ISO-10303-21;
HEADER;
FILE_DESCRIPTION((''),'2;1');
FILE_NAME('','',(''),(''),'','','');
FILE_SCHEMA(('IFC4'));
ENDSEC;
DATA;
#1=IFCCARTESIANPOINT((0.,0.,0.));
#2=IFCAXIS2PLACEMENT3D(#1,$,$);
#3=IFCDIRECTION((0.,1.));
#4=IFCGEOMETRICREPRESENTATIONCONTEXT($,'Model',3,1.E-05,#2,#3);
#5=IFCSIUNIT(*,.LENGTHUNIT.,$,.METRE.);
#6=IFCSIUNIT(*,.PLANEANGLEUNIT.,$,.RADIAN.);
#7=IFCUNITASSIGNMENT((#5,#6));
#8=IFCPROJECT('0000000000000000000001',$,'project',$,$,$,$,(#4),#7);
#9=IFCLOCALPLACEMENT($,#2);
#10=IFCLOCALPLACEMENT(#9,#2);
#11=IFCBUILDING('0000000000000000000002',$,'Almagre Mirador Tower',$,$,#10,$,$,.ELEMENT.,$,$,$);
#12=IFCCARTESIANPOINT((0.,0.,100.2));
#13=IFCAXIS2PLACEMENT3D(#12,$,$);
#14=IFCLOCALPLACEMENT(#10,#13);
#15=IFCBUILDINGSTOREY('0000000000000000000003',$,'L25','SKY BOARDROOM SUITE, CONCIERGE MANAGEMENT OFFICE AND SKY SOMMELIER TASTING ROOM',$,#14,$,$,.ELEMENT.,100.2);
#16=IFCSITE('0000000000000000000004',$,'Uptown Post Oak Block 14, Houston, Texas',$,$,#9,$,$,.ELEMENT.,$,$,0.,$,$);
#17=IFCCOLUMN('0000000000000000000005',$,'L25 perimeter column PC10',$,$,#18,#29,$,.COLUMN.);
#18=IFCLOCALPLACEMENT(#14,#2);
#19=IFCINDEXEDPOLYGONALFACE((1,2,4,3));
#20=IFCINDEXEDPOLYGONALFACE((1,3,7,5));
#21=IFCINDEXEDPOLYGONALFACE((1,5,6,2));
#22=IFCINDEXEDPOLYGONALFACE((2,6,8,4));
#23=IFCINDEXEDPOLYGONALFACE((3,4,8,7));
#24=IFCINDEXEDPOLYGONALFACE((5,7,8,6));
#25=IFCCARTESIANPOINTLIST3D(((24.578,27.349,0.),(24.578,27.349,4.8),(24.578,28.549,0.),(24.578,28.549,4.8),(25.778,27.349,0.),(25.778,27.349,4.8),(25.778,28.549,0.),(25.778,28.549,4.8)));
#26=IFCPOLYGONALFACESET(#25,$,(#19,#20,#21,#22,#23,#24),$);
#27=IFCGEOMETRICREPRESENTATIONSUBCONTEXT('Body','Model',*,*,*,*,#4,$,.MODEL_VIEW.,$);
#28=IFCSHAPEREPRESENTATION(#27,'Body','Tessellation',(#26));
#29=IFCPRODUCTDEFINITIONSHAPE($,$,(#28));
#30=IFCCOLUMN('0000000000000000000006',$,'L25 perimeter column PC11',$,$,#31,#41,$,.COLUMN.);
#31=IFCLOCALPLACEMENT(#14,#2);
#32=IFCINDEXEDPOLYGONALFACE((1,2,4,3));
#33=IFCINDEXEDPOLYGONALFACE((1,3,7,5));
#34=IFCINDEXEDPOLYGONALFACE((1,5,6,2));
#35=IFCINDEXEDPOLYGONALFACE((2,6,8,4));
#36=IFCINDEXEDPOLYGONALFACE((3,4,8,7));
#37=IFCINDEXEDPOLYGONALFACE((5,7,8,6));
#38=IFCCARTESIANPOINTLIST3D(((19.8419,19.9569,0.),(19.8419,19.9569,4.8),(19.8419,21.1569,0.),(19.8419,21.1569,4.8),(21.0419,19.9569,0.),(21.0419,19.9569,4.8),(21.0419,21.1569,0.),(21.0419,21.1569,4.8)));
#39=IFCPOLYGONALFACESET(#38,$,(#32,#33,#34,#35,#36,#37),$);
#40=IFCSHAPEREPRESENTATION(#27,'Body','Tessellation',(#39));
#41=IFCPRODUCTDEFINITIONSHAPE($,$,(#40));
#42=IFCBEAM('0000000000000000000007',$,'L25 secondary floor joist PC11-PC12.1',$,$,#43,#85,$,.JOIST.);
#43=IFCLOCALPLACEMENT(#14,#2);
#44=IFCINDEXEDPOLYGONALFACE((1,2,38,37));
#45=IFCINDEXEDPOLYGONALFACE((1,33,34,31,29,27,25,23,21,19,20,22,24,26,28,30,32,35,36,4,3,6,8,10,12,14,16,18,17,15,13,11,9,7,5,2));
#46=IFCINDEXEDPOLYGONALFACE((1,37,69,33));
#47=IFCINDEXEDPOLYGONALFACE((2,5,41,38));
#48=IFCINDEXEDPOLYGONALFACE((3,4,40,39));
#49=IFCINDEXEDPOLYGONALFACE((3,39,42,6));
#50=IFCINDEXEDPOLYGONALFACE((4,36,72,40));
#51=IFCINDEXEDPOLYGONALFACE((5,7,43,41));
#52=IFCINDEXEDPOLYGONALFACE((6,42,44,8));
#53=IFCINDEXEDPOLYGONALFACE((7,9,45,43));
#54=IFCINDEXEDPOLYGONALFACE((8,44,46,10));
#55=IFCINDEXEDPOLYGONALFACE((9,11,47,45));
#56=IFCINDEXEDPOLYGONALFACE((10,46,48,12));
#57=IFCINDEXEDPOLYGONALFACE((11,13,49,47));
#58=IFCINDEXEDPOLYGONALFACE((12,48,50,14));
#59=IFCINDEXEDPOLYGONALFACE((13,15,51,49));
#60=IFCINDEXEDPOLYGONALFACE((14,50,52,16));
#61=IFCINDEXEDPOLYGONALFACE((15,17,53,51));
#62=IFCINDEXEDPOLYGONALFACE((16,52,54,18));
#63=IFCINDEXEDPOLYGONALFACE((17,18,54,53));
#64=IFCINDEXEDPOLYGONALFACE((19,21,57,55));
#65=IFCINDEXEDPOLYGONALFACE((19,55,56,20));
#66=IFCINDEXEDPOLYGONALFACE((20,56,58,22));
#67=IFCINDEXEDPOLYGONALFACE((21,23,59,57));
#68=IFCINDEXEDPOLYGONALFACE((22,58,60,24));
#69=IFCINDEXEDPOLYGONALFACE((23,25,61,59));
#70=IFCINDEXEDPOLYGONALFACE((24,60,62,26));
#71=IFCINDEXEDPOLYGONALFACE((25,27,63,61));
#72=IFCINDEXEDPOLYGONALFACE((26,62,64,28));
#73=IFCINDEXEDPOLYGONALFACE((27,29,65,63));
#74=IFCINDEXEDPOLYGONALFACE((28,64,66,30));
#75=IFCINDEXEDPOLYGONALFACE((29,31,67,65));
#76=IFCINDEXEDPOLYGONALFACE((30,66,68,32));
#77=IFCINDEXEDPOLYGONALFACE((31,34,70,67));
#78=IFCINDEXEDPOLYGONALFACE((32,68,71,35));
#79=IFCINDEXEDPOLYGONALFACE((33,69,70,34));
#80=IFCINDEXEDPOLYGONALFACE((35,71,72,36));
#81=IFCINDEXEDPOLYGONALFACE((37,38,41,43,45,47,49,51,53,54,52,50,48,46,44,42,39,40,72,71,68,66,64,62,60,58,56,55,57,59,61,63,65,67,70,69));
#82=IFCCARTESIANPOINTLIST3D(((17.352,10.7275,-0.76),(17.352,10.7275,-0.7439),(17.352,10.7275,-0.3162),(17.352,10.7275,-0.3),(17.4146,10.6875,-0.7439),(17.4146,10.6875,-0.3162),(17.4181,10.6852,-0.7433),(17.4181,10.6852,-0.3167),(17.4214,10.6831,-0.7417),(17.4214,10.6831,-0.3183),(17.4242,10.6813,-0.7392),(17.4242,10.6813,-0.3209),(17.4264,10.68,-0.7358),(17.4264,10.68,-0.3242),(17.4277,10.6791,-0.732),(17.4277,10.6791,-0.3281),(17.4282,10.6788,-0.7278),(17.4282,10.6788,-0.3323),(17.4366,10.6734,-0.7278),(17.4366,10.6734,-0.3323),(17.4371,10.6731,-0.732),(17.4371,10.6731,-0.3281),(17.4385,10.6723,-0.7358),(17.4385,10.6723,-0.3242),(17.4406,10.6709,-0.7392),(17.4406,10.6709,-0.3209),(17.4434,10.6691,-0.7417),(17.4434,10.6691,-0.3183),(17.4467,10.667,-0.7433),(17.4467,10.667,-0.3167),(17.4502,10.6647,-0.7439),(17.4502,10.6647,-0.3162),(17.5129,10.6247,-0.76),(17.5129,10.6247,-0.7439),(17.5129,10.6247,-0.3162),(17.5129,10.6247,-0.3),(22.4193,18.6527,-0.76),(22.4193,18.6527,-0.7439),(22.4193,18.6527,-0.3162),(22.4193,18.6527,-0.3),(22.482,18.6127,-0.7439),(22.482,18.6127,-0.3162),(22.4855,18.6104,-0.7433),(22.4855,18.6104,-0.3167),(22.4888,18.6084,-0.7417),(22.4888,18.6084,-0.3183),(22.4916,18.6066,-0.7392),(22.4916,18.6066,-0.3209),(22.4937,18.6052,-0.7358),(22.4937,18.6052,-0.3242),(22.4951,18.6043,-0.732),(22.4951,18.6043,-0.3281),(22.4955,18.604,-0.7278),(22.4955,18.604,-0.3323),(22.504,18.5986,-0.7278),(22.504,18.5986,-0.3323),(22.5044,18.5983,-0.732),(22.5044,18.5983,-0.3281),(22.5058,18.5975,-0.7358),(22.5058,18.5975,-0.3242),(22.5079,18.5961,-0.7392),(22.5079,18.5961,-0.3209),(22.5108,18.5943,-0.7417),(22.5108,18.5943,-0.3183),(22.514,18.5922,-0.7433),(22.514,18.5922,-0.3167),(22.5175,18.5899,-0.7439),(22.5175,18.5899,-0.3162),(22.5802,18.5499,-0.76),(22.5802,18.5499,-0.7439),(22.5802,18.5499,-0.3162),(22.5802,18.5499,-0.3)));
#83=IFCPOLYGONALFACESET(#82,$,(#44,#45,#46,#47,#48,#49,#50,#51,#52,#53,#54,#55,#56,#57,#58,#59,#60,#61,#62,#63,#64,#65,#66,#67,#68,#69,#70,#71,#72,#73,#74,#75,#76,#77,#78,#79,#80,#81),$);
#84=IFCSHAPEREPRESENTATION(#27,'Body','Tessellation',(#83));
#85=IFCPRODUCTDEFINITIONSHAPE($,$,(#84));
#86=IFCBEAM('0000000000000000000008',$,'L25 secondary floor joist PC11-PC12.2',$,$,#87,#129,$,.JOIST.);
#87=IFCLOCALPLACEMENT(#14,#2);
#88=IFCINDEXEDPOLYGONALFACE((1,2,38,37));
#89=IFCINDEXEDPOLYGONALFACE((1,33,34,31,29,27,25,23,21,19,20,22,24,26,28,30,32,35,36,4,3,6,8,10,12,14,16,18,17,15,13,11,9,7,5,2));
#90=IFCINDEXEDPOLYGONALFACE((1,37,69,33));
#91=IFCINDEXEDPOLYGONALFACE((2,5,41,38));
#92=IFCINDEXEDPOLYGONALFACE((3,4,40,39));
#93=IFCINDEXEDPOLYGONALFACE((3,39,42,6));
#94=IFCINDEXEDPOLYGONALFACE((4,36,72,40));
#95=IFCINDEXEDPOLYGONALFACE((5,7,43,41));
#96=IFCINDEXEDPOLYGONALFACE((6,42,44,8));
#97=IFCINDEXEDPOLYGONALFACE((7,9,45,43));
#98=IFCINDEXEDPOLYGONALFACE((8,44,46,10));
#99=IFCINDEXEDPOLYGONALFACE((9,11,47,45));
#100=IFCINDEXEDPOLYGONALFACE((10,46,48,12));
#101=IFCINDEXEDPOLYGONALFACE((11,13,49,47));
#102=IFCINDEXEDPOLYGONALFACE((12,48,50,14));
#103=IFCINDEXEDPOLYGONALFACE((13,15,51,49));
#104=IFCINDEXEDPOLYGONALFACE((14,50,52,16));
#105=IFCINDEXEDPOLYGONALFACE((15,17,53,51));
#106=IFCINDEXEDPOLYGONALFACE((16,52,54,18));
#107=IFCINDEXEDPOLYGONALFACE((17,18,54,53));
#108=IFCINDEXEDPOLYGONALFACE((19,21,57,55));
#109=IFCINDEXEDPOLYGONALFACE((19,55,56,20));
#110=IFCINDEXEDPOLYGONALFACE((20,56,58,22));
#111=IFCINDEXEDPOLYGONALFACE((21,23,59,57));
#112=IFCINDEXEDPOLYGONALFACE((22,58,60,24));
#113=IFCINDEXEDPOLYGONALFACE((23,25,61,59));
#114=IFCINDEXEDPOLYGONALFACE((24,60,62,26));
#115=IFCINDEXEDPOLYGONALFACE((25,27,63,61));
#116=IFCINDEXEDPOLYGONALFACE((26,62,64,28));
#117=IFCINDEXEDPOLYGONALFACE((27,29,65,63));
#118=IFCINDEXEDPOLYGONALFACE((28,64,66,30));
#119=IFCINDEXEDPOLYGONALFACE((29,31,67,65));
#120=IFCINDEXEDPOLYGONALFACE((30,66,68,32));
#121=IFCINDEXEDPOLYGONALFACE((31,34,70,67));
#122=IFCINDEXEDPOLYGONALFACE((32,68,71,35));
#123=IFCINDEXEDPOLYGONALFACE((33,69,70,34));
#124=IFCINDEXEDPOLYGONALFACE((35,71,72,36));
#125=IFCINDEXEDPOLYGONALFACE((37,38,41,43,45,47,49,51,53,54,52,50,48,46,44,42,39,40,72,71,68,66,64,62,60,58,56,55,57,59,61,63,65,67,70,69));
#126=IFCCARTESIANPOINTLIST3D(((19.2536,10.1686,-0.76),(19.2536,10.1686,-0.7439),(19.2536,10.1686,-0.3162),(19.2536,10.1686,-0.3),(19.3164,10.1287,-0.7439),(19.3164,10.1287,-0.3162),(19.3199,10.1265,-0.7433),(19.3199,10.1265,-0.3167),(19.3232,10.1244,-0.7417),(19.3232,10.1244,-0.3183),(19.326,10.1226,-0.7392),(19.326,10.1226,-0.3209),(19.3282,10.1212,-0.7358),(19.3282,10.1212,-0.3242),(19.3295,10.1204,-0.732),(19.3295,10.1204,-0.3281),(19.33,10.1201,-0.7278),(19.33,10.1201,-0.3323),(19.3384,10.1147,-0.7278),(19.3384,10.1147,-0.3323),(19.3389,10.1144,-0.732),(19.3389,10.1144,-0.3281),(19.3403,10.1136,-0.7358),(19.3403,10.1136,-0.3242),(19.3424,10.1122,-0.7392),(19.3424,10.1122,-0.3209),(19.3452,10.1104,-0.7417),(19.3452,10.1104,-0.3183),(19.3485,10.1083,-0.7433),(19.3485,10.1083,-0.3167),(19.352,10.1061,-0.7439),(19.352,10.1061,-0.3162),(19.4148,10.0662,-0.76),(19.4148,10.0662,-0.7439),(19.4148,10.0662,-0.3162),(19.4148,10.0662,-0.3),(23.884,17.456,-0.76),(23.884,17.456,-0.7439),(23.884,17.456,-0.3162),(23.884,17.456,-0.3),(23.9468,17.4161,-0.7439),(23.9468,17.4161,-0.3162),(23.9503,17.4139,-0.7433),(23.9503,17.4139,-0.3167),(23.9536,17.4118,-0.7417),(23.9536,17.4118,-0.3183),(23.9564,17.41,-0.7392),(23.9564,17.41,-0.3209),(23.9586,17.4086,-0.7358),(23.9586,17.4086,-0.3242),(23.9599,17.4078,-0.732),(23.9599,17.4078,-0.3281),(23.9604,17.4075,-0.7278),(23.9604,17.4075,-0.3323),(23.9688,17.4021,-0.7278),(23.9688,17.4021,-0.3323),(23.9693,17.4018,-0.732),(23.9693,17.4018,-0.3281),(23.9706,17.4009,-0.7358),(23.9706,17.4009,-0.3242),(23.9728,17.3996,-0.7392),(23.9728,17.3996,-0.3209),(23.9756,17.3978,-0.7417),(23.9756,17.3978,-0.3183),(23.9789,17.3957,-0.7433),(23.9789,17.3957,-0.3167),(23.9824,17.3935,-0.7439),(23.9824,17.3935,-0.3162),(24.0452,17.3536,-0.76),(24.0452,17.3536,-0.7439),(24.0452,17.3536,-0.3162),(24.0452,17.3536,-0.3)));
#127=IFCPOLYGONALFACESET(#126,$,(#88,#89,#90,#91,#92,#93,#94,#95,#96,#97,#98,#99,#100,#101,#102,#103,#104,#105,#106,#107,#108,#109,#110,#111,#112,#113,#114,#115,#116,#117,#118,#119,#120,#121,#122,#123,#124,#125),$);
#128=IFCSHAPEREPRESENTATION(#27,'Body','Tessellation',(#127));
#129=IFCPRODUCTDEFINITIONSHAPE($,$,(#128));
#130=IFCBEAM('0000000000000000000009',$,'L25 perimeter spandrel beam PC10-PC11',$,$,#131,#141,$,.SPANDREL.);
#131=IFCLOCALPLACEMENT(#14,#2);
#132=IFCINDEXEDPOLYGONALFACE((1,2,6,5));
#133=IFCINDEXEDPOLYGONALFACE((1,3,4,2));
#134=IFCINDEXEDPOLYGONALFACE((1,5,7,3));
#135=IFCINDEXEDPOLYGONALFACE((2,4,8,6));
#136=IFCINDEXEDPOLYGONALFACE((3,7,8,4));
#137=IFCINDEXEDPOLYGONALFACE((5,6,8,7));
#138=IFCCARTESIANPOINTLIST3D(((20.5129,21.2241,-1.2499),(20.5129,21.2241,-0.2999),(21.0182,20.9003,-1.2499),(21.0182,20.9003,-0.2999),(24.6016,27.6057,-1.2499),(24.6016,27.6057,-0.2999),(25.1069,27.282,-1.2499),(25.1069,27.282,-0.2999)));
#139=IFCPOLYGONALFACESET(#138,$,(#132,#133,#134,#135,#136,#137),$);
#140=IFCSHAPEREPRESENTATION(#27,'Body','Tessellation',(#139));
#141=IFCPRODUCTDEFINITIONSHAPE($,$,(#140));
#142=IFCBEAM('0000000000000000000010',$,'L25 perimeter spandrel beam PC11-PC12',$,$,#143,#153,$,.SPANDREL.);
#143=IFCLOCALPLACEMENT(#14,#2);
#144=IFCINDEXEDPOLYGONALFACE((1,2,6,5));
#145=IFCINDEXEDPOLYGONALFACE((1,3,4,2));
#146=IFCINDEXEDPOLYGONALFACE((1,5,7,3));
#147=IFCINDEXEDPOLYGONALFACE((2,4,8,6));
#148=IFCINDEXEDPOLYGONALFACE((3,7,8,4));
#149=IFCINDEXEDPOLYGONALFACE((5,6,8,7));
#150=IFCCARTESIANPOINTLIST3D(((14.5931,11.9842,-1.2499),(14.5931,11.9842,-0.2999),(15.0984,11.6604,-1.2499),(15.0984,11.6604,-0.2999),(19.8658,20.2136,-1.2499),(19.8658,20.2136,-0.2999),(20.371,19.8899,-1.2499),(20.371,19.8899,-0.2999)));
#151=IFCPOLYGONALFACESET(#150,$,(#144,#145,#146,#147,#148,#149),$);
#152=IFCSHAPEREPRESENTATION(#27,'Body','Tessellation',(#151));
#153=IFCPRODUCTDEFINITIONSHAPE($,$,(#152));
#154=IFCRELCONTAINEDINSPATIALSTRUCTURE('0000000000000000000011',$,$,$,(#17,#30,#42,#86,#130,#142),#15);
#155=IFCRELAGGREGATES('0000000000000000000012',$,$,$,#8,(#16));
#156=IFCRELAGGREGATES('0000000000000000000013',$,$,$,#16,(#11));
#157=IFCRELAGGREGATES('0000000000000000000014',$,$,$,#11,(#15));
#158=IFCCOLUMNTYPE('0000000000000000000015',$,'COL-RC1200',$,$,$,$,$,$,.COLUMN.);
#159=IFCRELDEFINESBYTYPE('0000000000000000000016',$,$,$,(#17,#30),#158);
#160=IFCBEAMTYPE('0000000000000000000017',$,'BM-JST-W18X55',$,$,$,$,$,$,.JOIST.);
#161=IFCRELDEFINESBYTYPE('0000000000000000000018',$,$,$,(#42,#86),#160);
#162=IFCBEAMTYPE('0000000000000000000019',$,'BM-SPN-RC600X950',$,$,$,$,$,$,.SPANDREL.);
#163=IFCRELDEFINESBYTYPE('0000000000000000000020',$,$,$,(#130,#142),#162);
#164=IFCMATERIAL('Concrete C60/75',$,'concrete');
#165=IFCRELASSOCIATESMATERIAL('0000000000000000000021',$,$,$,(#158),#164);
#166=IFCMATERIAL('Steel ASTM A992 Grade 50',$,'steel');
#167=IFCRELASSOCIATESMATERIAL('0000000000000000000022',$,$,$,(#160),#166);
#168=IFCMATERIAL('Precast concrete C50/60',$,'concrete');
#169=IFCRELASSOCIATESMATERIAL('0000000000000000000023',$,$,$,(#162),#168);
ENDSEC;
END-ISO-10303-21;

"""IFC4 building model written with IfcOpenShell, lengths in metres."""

from ifc_helpers import new_model, si_unit, direction, frame, origin, origin_2d, place, context, subcontext, project, spatial, rectangle, i_section, extrude, material, material_profile, profile_set, type_object, element, save


model = new_model("IFC4")

# Units and contexts
model_context = context("Model", 3, precision=1e-05, world=origin(), true_north=direction((0.0, 1.0)))
body_context = subcontext(model_context, "Body", "Model", "MODEL_VIEW")
ifc_project = project(units=[si_unit("LENGTHUNIT", "METRE"), si_unit("PLANEANGLEUNIT", "RADIAN")], contexts=[model_context])

# Site, building, storey
site_placement = place(None, origin())
site = spatial("IfcSite", under=ifc_project, at=site_placement, Name="Uptown Post Oak Block 14, Houston, Texas", CompositionType="ELEMENT", RefElevation=0.0)
building_placement = place(site_placement, origin())
building = spatial("IfcBuilding", under=site, at=building_placement, Name="Almagre Mirador Tower", CompositionType="ELEMENT")
storey_placement = place(building_placement, frame((0.0, 0.0, 100.2)))
storey = spatial("IfcBuildingStorey", under=building, at=storey_placement, Name="L25", Description="SKY BOARDROOM SUITE, CONCIERGE MANAGEMENT OFFICE AND SKY SOMMELIER TASTING ROOM", CompositionType="ELEMENT", Elevation=100.2)

# Columns
ifc_material_1 = material(Name="Concrete C60/75", Category="concrete")
ifc_material_profile_1 = material_profile(ifc_material_1, rectangle(XDim=1.2, YDim=1.2, at=origin_2d()), Name="RC1200X1200")
ifc_profile_set_1 = profile_set([ifc_material_profile_1], Name="Concrete C60/75")
column_type = type_object("IfcColumnType", Name="COL-RC1200", PredefinedType="COLUMN", material=ifc_profile_set_1)
for number, where, z_axis, x_axis, name in (
    (1, (25.178, 27.949, 0.0), (0.0, 0.0, 1.0), (1.0, 0.0, 0.0), "L25 perimeter column PC10"),
    (2, (20.4419, 20.5569, 0.0), (0.0, 0.0, 1.0), (1.0, 0.0, 0.0), "L25 perimeter column PC11"),
):
    element("IfcColumn", number, at=place(storey_placement, frame(where, z_axis=z_axis, x_axis=x_axis)), inside=storey, type_object=column_type, Name=name, PredefinedType="COLUMN", context=body_context, shape_type="SweptSolid", body=[
        extrude(rectangle(XDim=1.2, YDim=1.2, at=origin_2d()), origin(), (0.0, 0.0, 1.0), 4.8),
    ])

# Beams
ifc_material_2 = material(Name="Steel ASTM A992 Grade 50", Category="steel")
ifc_material_profile_2 = material_profile(ifc_material_2, i_section(OverallWidth=0.1909, OverallDepth=0.46, WebThickness=0.01, FlangeThickness=0.0161, FilletRadius=0.0161, at=origin_2d()), Name="W18X55")
ifc_profile_set_2 = profile_set([ifc_material_profile_2], Name="Steel ASTM A992 Grade 50")
beam_type_1 = type_object("IfcBeamType", Name="BM-JST-W18X55", PredefinedType="JOIST", material=ifc_profile_set_2)
beam_1_placement = place(storey_placement, frame((22.4998, 18.6013, -0.53), z_axis=(-0.538691, -0.842503, 0.0), x_axis=(0.842503, -0.538691, 0.0)))
element("IfcBeam", 3, at=beam_1_placement, inside=storey, type_object=beam_type_1, Name="L25 secondary floor joist PC11-PC12.1", PredefinedType="JOIST", context=body_context, shape_type="SweptSolid", body=[
    extrude(i_section(OverallWidth=0.1909, OverallDepth=0.46, WebThickness=0.01, FlangeThickness=0.0161, FilletRadius=0.0161, at=origin_2d()), origin(), (0.0, 0.0, 1.0), 9.4067),
])
beam_2_placement = place(storey_placement, frame((23.9646, 17.4048, -0.53), z_axis=(-0.536295, -0.84403, 0.0), x_axis=(0.84403, -0.536295, 0.0)))
element("IfcBeam", 4, at=beam_2_placement, inside=storey, type_object=beam_type_1, Name="L25 secondary floor joist PC11-PC12.2", PredefinedType="JOIST", context=body_context, shape_type="SweptSolid", body=[
    extrude(i_section(OverallWidth=0.1909, OverallDepth=0.46, WebThickness=0.01, FlangeThickness=0.0161, FilletRadius=0.0161, at=origin_2d()), origin(), (0.0, 0.0, 1.0), 8.634),
])
ifc_material_3 = material(Name="Precast concrete C50/60", Category="concrete")
ifc_material_profile_3 = material_profile(ifc_material_3, rectangle(XDim=0.6001, YDim=0.95, at=origin_2d()), Name="RC600X950")
ifc_profile_set_3 = profile_set([ifc_material_profile_3], Name="Precast concrete C50/60")
beam_type_2 = type_object("IfcBeamType", Name="BM-SPN-RC600X950", PredefinedType="SPANDREL", material=ifc_profile_set_3)
beam_3_placement = place(storey_placement, frame((24.8542, 27.4438, -0.7749), z_axis=(-0.539466, -0.842007, 0.0), x_axis=(0.842007, -0.539466, 0.0)))
element("IfcBeam", 5, at=beam_3_placement, inside=storey, type_object=beam_type_2, Name="L25 perimeter spandrel beam PC10-PC11", PredefinedType="SPANDREL", context=body_context, shape_type="SweptSolid", body=[
    extrude(rectangle(XDim=0.6001, YDim=0.95, at=origin_2d()), origin(), (0.0, 0.0, 1.0), 7.5791),
])
beam_4_placement = place(storey_placement, frame((20.1184, 20.0518, -0.7749), z_axis=(-0.539477, -0.842, 0.0), x_axis=(0.842, -0.539477, 0.0)))
element("IfcBeam", 6, at=beam_4_placement, inside=storey, type_object=beam_type_2, Name="L25 perimeter spandrel beam PC11-PC12", PredefinedType="SPANDREL", context=body_context, shape_type="SweptSolid", body=[
    extrude(rectangle(XDim=0.6001, YDim=0.95, at=origin_2d()), origin(), (0.0, 0.0, 1.0), 9.7737),
])

save(model, "model.ifc")
